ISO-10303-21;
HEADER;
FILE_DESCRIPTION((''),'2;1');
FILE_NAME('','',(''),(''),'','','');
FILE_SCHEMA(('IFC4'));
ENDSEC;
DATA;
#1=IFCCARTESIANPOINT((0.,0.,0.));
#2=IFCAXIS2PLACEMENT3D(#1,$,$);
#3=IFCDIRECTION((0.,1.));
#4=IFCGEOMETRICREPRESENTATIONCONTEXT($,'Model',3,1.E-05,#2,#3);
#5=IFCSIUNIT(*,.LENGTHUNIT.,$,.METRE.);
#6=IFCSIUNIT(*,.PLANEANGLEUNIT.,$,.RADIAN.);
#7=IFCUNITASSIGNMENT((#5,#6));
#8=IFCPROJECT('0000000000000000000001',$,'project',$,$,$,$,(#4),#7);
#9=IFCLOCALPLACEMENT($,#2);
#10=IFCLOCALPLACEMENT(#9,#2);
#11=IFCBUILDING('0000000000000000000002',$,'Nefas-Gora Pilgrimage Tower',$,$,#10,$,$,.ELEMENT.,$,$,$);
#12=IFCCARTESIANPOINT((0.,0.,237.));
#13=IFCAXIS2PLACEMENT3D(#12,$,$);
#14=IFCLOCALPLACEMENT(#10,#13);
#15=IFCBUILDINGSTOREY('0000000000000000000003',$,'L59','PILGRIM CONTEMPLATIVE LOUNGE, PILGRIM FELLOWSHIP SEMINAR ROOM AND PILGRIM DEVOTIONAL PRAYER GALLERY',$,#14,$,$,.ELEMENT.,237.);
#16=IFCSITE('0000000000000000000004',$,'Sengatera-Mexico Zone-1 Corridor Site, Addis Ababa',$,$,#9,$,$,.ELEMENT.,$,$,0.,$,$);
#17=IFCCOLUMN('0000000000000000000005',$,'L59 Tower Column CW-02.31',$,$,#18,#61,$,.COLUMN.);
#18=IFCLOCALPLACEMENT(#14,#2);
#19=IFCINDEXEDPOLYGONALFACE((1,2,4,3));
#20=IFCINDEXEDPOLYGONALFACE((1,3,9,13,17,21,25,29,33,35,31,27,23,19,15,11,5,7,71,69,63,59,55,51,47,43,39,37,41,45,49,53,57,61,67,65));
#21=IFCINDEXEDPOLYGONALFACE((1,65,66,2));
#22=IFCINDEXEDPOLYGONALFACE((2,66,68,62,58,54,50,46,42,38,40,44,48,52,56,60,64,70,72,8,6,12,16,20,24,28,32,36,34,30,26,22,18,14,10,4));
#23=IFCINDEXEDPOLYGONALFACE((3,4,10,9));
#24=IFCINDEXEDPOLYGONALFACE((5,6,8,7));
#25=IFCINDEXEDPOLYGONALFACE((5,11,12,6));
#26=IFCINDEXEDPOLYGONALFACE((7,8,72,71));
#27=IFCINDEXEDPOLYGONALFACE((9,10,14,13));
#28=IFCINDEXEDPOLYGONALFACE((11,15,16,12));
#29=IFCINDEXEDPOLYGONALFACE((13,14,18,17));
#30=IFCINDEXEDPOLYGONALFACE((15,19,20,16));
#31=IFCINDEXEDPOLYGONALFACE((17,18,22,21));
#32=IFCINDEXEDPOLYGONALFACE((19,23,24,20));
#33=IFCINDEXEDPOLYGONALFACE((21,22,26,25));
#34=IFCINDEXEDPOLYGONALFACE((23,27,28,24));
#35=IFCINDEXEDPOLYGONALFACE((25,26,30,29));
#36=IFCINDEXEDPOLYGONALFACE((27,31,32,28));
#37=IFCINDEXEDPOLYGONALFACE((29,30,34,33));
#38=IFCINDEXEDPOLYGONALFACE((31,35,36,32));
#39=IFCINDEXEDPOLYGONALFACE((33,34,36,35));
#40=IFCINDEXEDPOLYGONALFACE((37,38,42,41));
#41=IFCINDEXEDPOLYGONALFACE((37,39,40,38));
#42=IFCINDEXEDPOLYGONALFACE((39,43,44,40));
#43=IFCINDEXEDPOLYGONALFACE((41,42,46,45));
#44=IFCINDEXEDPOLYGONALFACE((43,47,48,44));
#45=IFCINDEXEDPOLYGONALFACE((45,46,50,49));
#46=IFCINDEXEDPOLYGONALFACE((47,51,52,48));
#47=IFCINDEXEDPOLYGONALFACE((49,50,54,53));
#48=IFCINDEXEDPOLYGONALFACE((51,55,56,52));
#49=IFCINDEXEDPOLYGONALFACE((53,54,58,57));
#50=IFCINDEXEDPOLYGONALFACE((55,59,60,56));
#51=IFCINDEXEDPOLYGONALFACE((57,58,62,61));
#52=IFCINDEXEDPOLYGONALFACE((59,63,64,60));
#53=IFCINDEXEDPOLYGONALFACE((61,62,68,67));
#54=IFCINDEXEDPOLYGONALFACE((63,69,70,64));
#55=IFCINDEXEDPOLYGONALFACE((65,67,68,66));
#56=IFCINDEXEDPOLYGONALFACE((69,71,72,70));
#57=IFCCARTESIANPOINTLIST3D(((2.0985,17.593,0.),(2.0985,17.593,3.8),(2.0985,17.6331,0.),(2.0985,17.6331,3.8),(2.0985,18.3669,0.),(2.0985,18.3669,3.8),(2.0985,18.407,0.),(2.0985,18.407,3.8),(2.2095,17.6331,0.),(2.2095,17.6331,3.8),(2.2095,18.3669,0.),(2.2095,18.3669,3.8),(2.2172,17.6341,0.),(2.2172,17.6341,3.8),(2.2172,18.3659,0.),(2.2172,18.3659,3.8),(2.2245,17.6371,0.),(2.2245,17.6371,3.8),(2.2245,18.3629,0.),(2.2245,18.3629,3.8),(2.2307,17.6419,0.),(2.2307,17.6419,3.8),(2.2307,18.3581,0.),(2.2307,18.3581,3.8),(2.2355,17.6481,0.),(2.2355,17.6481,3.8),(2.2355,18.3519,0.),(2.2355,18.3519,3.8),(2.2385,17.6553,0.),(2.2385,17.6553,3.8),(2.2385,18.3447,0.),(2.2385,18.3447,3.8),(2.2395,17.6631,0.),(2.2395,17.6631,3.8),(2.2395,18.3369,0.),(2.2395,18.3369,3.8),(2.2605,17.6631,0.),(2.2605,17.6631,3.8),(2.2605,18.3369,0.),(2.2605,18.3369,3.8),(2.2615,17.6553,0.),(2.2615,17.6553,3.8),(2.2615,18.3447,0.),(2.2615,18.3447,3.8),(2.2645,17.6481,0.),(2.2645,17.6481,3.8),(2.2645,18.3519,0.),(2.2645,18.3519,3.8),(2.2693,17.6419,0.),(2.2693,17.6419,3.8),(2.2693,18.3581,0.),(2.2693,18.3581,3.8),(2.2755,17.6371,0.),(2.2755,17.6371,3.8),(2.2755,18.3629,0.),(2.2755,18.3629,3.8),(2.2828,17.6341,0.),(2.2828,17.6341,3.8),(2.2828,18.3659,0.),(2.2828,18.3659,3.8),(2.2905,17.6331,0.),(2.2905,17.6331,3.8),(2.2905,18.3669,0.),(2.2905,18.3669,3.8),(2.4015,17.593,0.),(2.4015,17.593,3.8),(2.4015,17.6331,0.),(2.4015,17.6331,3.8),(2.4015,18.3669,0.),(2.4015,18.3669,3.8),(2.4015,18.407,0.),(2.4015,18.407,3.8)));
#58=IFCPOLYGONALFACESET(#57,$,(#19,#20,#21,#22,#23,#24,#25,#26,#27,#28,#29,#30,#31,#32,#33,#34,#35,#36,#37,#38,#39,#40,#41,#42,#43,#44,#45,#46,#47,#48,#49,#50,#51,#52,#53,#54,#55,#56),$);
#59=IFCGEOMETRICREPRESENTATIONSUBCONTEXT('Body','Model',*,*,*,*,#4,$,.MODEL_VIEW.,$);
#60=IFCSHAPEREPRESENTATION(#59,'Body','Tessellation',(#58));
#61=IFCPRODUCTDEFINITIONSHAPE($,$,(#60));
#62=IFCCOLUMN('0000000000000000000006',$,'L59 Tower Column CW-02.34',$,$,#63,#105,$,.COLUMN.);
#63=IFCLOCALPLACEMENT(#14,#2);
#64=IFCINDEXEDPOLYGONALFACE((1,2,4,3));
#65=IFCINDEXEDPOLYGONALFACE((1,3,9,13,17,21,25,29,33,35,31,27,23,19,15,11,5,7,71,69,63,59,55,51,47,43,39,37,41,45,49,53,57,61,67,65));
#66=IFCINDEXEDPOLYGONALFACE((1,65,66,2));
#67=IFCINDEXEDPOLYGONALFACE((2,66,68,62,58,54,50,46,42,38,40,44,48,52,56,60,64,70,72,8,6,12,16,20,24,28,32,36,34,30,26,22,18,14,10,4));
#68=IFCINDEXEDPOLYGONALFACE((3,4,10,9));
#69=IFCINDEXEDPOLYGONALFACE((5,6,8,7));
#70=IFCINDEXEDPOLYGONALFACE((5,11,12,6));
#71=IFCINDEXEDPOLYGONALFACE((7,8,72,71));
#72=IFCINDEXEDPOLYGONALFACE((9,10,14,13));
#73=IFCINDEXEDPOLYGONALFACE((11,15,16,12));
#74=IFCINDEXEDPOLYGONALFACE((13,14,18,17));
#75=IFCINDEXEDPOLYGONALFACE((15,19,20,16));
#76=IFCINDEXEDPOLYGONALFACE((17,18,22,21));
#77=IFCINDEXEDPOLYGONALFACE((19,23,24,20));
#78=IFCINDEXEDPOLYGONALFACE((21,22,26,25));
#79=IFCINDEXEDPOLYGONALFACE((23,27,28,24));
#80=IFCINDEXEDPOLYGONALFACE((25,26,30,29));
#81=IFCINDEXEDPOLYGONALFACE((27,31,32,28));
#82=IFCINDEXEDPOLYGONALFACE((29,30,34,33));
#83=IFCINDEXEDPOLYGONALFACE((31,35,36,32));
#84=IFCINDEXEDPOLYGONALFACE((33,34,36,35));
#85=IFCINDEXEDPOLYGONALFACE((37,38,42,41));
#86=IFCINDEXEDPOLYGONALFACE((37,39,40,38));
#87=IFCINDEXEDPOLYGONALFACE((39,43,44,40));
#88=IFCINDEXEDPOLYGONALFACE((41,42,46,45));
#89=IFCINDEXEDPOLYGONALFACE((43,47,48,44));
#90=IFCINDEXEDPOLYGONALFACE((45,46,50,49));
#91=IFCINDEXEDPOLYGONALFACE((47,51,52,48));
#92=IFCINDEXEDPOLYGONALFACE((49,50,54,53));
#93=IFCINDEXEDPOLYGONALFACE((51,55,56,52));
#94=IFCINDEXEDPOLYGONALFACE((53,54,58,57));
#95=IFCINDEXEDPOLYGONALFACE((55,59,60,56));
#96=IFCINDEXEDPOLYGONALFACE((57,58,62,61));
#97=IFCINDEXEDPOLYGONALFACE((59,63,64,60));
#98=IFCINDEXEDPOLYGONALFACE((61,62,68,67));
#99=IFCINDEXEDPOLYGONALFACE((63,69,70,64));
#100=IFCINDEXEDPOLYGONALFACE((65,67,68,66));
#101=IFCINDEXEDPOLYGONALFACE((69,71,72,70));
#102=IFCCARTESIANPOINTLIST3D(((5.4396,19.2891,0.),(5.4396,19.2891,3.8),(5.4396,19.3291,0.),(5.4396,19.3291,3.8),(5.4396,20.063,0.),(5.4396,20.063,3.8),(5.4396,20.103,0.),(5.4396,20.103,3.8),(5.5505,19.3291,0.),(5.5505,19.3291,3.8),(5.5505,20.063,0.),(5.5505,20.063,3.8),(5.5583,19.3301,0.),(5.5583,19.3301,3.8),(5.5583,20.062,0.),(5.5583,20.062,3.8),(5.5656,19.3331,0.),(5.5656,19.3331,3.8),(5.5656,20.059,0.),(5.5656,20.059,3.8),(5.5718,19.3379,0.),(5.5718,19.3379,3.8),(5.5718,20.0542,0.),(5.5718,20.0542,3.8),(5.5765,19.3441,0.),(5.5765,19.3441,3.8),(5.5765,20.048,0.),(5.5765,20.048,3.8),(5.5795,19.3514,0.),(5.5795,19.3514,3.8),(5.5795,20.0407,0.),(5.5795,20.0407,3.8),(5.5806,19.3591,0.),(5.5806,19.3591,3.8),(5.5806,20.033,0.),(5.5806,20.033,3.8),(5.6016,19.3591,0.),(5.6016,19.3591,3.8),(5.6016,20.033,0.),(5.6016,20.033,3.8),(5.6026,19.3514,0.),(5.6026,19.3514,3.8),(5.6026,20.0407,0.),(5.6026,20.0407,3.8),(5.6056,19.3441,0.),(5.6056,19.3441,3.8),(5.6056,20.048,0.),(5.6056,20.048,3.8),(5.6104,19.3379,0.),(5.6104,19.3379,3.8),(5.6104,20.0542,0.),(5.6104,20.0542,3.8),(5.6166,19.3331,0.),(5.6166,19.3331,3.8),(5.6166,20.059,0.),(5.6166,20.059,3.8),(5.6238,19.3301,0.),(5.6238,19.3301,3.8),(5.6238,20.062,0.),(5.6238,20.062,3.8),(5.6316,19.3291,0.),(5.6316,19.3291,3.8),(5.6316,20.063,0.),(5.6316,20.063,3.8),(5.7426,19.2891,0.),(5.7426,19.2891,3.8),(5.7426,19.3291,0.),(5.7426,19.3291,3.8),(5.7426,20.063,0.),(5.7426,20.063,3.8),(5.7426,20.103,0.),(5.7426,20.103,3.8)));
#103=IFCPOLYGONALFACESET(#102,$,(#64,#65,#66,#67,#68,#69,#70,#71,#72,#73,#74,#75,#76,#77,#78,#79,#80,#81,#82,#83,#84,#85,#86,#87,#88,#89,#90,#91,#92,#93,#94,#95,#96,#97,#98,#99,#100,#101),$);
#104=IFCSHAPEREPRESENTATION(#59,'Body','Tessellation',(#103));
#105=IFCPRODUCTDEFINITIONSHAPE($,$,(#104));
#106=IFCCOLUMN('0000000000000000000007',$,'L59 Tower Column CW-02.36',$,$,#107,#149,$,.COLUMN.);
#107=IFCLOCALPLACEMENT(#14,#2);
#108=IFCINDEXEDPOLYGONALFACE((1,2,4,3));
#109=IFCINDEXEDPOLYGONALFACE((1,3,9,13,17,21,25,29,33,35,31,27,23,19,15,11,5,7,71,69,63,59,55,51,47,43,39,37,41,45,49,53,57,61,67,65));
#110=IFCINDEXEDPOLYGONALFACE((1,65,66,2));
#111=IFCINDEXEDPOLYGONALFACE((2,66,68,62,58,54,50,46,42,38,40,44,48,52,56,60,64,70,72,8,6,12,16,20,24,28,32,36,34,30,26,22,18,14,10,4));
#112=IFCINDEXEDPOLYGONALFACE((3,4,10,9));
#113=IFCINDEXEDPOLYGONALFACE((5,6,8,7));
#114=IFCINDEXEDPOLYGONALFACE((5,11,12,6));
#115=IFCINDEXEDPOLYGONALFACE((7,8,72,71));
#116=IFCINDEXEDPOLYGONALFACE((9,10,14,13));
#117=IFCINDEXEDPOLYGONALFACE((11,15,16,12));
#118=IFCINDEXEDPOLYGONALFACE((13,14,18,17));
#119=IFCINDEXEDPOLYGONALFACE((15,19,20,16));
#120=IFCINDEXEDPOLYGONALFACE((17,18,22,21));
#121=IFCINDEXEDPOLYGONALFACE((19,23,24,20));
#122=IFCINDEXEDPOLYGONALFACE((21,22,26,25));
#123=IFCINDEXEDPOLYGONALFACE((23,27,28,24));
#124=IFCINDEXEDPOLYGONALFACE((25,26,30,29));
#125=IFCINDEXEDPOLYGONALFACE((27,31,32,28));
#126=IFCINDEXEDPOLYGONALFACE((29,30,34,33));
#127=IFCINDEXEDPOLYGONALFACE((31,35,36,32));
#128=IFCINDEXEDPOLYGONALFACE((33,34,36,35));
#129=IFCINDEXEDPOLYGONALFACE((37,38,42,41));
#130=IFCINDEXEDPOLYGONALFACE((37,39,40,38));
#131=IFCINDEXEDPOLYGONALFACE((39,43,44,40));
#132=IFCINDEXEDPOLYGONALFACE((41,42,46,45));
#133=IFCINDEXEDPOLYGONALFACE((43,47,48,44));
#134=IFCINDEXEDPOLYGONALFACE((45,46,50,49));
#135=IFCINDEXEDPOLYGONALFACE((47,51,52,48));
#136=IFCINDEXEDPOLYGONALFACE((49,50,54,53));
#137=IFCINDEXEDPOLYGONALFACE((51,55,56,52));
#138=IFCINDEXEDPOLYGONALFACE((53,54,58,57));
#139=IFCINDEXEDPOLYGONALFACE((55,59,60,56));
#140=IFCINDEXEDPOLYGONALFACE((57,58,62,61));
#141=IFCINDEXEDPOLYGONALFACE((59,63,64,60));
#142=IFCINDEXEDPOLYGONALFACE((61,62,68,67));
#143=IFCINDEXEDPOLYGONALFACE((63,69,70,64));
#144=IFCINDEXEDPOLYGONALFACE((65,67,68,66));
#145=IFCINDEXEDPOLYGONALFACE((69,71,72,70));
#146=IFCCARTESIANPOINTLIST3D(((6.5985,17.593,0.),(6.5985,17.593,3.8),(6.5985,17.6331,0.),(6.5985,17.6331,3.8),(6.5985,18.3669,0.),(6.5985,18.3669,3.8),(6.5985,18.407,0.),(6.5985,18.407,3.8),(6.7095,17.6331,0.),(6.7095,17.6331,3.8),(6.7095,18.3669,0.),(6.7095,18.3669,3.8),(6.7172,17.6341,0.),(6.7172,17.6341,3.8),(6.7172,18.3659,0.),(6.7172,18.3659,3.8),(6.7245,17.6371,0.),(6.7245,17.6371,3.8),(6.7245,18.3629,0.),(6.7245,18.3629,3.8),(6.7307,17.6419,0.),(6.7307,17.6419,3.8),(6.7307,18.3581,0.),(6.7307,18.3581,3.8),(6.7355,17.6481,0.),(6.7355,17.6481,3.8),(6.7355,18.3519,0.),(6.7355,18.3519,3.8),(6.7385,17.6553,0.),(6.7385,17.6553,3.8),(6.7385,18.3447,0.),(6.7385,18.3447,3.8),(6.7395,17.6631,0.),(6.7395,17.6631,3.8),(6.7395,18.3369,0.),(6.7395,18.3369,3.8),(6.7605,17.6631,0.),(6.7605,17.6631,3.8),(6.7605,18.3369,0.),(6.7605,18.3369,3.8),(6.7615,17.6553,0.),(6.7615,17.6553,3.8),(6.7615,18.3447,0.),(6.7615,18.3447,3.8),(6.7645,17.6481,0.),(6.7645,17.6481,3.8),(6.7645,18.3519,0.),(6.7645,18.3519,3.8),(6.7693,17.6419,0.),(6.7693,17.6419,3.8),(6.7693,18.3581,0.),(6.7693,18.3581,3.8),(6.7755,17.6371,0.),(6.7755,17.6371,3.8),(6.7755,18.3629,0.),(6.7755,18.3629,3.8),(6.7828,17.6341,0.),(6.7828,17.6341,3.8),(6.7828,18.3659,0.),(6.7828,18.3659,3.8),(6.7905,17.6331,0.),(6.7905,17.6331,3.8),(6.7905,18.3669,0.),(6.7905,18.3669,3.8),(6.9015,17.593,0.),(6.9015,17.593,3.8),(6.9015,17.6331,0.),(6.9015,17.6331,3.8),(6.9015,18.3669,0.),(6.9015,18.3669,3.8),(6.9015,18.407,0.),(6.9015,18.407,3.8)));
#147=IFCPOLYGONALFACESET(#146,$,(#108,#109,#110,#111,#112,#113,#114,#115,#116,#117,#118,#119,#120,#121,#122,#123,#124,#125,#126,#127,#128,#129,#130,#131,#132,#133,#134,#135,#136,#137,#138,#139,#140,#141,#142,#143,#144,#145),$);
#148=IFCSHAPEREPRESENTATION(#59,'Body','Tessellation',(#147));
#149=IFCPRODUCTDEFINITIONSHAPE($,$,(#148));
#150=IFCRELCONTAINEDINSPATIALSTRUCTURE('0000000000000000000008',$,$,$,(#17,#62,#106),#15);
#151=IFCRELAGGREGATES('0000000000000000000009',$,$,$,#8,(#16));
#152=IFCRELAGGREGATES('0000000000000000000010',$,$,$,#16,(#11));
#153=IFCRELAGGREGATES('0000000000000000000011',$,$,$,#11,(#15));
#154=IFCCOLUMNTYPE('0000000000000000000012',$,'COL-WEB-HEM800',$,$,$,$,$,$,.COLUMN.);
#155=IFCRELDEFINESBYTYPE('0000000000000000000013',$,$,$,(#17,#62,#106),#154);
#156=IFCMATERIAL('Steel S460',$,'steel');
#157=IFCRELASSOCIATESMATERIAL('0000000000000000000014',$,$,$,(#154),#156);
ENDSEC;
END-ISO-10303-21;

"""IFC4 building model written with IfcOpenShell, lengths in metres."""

from ifc_helpers import new_model, si_unit, direction, frame, origin, origin_2d, place, context, subcontext, project, spatial, i_section, extrude, source, transform, mapped, material, material_profile, profile_set, type_object, element, save


model = new_model("IFC4")

# Units and contexts
model_context = context("Model", 3, precision=1e-05, world=origin(), true_north=direction((0.0, 1.0)))
body_context = subcontext(model_context, "Body", "Model", "MODEL_VIEW")
ifc_project = project(units=[si_unit("LENGTHUNIT", "METRE"), si_unit("PLANEANGLEUNIT", "RADIAN")], contexts=[model_context])

# Site, building, storey
site_placement = place(None, origin())
site = spatial("IfcSite", under=ifc_project, at=site_placement, Name="Sengatera-Mexico Zone-1 Corridor Site, Addis Ababa", CompositionType="ELEMENT", RefElevation=0.0)
building_placement = place(site_placement, origin())
building = spatial("IfcBuilding", under=site, at=building_placement, Name="Nefas-Gora Pilgrimage Tower", CompositionType="ELEMENT")
storey_placement = place(building_placement, frame((0.0, 0.0, 237.0)))
storey = spatial("IfcBuildingStorey", under=building, at=storey_placement, Name="L59", Description="PILGRIM CONTEMPLATIVE LOUNGE, PILGRIM FELLOWSHIP SEMINAR ROOM AND PILGRIM DEVOTIONAL PRAYER GALLERY", CompositionType="ELEMENT", Elevation=237.0)

# Columns
ifc_material_1 = material(Name="Steel S460", Category="steel")
ifc_material_profile_1 = material_profile(ifc_material_1, i_section(OverallWidth=0.303, OverallDepth=0.814, WebThickness=0.021, FlangeThickness=0.04, FilletRadius=0.03, at=origin_2d()), Name="HEM 800")
ifc_profile_set_1 = profile_set([ifc_material_profile_1], Name="Steel S460")
column_type_1 = type_object("IfcColumnType", Name="COL-WEB-HEM800", PredefinedType="COLUMN", material=ifc_profile_set_1)
shared_shape_1 = source(origin(), body_context, "Body", "SweptSolid", [
    extrude(i_section(OverallWidth=0.303, OverallDepth=0.814, WebThickness=0.021, FlangeThickness=0.04, FilletRadius=0.03, at=origin_2d()), origin(), (0.0, 0.0, 1.0), 3.8),
])
for number, where, z_axis, x_axis, name in (
    (1, (2.25, 18.0, 0.0), (0.0, 0.0, 1.0), (1.0, 0.0, 0.0), "L59 Tower Column CW-02.31"),
    (2, (5.5911, 19.696, 0.0), (0.0, 0.0, 1.0), (1.0, 0.0, 0.0), "L59 Tower Column CW-02.34"),
    (3, (6.75, 18.0, 0.0), (0.0, 0.0, 1.0), (1.0, 0.0, 0.0), "L59 Tower Column CW-02.36"),
):
    element("IfcColumn", number, at=place(storey_placement, frame(where, z_axis=z_axis, x_axis=x_axis)), inside=storey, type_object=column_type_1, Name=name, PredefinedType="COLUMN", context=body_context, shape_type="MappedRepresentation", body=[
        mapped(shared_shape_1, transform((0.0, 0.0, 0.0), x_axis=(1.0, 0.0, 0.0), y_axis=(0.0, 1.0, 0.0), z_axis=(0.0, 0.0, 1.0), scale=1.0)),
    ])

save(model, "model.ifc")
